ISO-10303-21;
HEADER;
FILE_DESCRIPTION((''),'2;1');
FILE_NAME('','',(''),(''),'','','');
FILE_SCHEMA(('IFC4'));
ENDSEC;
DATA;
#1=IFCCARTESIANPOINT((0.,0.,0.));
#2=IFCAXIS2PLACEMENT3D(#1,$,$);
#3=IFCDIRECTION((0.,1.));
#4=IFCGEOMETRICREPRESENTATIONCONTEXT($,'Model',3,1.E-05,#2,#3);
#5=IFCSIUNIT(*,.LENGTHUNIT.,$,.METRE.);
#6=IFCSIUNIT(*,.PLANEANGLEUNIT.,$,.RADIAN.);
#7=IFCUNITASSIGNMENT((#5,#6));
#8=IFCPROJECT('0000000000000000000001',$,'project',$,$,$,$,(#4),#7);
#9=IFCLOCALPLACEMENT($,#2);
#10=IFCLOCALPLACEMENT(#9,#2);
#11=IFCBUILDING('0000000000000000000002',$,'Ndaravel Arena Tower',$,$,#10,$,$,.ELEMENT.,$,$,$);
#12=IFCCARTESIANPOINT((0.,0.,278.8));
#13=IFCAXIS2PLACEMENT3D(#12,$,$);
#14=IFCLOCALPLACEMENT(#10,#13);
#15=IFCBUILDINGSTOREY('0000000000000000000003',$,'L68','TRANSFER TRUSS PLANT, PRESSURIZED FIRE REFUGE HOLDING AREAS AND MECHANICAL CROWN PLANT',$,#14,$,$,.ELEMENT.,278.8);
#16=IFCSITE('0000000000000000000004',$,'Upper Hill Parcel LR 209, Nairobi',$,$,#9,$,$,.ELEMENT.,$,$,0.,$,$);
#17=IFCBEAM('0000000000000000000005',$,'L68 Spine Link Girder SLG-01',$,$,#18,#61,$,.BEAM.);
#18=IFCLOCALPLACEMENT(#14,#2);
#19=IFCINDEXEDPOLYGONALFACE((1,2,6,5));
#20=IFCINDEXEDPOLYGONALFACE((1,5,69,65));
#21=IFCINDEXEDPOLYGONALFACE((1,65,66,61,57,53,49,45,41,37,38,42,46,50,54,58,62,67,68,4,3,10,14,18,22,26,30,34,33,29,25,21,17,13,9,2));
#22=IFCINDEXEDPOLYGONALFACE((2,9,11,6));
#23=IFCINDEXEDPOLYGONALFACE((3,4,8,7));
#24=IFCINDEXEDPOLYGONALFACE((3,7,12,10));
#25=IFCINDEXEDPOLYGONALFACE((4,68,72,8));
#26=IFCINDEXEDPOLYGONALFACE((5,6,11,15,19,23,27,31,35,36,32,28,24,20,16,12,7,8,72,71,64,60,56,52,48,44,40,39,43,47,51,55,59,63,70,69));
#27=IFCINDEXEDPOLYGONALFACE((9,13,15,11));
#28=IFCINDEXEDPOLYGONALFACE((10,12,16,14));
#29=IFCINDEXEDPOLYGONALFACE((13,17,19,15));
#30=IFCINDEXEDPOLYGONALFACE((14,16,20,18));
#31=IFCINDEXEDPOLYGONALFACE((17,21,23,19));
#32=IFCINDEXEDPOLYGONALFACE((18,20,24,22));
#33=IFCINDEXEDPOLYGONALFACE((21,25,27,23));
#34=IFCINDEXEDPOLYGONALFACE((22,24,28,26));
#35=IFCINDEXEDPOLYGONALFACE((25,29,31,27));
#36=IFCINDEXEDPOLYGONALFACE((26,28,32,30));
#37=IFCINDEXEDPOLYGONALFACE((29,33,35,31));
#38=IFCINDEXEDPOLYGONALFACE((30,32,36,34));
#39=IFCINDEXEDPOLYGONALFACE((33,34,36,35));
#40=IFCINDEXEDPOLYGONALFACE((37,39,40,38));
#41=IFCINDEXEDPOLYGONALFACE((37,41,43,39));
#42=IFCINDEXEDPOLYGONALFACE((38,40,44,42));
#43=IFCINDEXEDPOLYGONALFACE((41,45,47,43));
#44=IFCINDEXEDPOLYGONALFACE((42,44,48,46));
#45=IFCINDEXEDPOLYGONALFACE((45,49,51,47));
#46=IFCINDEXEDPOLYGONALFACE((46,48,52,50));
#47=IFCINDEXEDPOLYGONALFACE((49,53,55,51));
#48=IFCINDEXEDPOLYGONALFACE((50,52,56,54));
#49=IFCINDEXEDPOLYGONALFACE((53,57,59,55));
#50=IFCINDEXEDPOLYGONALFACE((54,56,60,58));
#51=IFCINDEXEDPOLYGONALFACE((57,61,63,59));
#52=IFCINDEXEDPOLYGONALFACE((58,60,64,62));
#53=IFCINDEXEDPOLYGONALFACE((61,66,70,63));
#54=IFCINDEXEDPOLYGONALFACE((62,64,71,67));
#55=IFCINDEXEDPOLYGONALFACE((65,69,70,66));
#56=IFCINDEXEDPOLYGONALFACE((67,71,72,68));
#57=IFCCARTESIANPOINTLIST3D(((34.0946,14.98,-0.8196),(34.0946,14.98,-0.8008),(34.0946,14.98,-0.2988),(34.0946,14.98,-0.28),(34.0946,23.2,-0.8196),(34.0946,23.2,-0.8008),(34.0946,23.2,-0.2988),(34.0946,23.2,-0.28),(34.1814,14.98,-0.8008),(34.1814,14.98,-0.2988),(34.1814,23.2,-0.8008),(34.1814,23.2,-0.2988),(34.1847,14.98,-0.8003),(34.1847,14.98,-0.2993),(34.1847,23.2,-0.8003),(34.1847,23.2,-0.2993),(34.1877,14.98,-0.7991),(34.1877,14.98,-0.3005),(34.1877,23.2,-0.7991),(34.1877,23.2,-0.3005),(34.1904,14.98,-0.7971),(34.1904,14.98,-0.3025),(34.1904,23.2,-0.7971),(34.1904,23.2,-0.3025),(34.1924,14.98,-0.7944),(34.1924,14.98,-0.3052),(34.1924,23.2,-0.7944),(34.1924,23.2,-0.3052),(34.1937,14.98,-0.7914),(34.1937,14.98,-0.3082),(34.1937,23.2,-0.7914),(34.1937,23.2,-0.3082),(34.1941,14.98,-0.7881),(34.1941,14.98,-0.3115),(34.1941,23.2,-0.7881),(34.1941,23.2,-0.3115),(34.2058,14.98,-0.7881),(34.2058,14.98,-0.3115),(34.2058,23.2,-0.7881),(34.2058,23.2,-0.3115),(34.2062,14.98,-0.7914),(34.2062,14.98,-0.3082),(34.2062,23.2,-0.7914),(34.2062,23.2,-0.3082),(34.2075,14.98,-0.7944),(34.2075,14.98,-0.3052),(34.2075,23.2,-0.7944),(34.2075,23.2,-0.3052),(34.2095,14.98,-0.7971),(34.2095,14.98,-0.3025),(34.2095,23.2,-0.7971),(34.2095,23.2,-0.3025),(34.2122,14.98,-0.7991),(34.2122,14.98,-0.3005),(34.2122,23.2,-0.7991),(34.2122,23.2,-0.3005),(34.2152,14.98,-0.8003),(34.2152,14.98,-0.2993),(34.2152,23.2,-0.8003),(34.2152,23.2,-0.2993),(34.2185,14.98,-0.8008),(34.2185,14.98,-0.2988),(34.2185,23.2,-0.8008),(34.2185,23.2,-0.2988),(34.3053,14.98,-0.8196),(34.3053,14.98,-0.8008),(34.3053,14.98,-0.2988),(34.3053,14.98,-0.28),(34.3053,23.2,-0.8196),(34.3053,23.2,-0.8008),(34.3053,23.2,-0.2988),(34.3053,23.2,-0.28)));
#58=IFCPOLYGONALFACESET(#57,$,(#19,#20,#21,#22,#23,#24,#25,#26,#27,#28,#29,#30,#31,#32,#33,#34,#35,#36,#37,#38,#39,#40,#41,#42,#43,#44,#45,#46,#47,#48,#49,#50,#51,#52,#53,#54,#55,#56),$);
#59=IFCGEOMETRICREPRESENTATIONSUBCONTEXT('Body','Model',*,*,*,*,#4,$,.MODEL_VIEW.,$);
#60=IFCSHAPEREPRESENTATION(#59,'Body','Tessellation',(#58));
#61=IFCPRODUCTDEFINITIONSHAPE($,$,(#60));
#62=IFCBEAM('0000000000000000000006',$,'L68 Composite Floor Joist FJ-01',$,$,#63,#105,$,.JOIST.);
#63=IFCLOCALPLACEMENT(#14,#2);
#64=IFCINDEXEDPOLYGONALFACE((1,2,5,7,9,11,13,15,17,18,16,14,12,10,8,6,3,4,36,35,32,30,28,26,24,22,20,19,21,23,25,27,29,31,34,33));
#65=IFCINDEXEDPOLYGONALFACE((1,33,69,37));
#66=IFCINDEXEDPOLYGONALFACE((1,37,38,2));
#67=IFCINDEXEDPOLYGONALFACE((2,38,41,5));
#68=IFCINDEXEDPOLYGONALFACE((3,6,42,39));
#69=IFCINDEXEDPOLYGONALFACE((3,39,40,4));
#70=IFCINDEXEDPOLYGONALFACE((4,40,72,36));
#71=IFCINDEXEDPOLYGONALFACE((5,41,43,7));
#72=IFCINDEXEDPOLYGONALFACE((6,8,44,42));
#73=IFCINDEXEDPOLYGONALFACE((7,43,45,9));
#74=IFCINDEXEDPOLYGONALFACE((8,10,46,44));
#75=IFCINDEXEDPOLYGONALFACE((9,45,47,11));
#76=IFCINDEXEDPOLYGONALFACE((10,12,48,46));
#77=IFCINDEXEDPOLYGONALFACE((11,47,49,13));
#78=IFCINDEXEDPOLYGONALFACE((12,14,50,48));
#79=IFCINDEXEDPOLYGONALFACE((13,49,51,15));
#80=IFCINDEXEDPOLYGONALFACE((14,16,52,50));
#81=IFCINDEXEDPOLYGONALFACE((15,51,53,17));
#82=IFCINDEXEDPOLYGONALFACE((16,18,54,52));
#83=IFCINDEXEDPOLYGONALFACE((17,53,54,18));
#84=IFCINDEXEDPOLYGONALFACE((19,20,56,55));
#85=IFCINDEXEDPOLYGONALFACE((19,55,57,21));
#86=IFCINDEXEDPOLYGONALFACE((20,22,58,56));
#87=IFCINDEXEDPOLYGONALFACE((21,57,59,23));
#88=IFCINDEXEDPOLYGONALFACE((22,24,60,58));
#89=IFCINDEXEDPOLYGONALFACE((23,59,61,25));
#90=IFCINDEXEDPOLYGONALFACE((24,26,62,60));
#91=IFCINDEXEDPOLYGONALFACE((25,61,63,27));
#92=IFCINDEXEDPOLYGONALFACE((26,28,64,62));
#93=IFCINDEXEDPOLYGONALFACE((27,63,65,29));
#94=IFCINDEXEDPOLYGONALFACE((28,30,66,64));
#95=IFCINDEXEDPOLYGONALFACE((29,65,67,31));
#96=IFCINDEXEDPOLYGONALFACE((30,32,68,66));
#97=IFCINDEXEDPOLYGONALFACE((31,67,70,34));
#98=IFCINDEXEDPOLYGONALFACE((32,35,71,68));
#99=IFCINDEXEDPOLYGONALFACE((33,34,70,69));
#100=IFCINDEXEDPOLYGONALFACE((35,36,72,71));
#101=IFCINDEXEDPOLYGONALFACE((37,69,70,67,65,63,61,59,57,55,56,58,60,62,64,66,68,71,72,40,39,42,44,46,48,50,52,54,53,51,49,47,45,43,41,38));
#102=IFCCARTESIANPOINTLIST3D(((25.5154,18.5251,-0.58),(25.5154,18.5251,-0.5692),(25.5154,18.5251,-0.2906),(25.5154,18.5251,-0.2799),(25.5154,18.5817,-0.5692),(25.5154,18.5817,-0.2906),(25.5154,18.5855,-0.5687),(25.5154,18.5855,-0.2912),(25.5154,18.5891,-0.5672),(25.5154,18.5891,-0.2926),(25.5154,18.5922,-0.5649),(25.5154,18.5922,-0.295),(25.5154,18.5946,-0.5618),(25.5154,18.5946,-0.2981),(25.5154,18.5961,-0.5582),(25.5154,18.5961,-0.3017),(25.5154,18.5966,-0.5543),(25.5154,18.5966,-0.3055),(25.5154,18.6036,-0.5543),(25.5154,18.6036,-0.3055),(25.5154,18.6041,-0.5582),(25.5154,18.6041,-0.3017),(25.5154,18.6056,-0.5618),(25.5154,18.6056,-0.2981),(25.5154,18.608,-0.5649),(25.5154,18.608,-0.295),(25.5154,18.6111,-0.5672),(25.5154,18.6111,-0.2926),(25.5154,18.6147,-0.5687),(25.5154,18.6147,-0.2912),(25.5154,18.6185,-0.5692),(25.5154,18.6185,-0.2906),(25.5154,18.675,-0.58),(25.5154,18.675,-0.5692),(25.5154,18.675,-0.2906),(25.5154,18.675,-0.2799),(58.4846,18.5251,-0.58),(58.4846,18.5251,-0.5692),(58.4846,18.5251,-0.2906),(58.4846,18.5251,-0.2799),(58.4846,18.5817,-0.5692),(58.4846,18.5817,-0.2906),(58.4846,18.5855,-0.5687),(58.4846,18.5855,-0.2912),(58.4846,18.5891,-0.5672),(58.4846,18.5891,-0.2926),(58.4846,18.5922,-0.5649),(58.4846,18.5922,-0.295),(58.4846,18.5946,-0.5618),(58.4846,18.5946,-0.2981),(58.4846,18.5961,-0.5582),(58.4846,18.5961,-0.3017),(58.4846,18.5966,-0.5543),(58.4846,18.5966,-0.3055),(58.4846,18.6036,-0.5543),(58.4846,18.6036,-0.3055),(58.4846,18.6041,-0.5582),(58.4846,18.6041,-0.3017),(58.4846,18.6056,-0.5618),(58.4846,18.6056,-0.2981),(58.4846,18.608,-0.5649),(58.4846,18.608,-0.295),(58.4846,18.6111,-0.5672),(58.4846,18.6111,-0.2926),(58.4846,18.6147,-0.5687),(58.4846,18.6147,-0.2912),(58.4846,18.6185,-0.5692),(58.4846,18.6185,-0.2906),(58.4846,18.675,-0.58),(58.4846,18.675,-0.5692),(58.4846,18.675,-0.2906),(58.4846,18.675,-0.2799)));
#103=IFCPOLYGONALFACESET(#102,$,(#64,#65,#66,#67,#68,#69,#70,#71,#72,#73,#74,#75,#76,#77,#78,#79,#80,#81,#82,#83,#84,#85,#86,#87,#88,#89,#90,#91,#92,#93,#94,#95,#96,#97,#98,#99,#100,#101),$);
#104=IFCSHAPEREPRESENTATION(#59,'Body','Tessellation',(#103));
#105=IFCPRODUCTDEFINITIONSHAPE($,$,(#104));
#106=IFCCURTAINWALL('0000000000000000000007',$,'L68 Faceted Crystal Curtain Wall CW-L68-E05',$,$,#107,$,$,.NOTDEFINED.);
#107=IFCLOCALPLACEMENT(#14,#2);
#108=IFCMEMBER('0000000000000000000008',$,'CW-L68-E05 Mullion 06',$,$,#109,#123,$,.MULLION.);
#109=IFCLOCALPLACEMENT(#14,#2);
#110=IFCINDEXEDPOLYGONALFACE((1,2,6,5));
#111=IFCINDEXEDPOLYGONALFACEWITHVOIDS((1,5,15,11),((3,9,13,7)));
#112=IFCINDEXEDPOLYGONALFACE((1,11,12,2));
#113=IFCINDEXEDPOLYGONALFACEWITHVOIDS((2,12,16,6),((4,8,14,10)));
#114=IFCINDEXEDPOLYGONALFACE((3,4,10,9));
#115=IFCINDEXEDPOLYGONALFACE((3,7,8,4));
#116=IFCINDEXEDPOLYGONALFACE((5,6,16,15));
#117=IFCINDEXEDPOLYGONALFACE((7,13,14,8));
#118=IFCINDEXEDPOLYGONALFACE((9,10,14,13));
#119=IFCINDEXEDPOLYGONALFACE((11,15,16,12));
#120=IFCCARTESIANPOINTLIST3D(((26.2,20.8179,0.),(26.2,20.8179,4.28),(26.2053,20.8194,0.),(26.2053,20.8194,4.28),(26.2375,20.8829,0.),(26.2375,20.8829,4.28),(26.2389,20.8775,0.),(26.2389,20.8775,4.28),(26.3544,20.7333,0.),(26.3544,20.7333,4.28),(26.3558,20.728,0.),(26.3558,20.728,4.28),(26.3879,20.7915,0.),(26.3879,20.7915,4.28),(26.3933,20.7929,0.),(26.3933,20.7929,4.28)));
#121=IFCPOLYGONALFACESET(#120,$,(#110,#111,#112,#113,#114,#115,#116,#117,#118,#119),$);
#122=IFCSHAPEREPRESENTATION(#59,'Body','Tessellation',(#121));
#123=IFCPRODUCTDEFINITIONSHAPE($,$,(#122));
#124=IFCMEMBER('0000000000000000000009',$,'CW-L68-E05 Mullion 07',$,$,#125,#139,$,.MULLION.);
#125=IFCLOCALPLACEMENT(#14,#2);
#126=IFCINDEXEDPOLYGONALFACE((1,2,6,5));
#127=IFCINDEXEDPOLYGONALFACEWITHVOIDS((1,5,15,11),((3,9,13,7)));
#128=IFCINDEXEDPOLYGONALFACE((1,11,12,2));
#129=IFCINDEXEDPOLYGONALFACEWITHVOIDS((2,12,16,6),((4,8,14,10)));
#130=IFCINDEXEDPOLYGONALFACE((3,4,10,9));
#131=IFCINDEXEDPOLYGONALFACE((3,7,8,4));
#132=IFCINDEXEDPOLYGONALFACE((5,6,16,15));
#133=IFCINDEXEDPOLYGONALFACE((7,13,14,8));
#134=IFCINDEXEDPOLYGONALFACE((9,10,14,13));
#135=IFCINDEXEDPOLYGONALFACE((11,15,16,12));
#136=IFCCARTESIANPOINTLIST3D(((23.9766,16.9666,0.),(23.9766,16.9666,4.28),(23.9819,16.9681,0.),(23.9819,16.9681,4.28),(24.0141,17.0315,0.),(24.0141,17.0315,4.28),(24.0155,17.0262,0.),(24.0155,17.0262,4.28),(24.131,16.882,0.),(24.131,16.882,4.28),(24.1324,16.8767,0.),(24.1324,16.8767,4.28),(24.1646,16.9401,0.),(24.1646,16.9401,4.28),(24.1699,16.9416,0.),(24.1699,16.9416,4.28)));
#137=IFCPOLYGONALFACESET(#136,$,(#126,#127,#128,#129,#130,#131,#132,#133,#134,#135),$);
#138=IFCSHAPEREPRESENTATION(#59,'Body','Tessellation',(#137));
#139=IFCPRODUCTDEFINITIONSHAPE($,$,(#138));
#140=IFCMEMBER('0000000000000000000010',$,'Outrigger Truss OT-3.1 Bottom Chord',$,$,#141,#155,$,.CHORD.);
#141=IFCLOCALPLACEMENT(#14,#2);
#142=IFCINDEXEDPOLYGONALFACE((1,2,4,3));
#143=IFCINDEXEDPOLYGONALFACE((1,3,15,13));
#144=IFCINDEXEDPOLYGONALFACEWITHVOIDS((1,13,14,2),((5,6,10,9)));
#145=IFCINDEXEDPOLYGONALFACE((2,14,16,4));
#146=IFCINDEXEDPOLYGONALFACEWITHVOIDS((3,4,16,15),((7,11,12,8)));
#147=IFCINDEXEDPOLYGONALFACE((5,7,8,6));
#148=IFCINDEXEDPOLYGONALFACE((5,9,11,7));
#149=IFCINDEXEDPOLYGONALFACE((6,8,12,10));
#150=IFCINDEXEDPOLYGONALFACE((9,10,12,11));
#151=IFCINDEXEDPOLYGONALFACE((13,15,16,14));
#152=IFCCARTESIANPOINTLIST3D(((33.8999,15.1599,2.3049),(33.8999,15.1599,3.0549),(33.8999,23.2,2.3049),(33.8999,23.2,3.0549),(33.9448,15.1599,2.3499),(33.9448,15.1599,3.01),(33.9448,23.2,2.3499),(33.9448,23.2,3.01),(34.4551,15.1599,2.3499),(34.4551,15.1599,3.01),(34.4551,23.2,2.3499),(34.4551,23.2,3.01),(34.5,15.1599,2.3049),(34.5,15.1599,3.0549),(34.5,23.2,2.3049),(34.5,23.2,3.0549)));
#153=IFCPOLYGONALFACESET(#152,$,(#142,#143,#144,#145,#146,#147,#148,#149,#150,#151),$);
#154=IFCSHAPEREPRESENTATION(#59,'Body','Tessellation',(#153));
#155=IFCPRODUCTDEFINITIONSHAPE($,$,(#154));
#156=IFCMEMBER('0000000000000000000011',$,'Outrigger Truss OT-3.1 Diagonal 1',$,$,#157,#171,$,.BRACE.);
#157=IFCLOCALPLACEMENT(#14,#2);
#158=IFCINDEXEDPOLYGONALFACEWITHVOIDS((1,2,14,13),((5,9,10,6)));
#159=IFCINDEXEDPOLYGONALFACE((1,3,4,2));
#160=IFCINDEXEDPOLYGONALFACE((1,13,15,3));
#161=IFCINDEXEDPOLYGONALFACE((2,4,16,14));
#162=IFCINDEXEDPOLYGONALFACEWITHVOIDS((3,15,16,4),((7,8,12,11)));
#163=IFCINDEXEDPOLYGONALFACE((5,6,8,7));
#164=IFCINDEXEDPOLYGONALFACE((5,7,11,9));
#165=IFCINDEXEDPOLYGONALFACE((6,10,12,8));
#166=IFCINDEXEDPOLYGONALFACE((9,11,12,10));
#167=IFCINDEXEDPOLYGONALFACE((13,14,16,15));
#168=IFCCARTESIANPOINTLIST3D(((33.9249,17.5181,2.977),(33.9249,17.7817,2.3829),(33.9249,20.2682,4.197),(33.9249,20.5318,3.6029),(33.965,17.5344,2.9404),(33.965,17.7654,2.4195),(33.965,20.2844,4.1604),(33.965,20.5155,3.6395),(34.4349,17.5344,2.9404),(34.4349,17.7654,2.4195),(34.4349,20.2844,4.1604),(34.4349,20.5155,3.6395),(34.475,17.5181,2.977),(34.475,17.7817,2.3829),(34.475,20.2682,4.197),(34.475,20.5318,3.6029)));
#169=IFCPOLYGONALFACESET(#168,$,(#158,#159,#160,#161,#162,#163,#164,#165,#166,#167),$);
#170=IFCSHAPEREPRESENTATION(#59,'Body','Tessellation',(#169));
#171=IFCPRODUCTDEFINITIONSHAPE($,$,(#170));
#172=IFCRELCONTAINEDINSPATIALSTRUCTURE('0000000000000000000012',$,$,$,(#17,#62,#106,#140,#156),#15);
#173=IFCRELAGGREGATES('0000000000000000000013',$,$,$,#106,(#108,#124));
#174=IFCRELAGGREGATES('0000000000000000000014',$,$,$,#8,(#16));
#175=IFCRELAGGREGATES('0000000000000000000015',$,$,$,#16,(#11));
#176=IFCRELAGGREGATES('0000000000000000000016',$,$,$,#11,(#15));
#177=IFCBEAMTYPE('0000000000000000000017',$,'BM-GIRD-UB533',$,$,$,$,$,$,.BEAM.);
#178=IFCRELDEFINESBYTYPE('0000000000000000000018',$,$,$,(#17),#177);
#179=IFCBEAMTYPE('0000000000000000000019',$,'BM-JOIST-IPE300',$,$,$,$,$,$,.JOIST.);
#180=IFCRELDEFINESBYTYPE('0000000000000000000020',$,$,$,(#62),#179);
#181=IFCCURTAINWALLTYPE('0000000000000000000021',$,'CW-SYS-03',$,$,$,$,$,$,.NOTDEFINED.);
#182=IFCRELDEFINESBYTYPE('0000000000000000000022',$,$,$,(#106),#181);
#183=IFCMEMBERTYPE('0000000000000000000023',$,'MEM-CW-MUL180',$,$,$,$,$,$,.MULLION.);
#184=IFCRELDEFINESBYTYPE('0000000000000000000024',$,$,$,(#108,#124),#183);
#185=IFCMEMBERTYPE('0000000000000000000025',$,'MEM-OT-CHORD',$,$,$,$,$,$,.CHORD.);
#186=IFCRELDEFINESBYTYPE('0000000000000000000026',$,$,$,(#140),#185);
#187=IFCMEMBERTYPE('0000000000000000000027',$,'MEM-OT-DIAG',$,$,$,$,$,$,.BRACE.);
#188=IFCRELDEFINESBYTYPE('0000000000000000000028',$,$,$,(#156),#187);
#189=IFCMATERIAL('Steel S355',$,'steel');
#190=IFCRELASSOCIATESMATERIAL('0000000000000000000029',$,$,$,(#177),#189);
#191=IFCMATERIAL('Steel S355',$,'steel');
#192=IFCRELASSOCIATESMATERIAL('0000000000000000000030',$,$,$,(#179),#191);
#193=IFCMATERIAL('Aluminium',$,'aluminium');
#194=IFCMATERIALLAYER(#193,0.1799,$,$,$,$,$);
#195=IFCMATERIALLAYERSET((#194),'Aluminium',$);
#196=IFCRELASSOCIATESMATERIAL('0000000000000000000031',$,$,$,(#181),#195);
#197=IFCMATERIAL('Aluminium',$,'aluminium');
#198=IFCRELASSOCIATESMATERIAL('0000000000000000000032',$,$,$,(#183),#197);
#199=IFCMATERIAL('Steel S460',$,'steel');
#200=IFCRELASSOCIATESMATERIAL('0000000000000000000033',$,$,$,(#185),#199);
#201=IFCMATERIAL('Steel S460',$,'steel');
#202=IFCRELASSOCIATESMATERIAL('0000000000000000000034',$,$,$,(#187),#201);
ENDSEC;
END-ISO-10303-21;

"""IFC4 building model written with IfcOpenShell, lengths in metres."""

from ifc_helpers import new_model, si_unit, direction, frame, origin, origin_2d, place, context, subcontext, project, spatial, hollow_rectangle, i_section, extrude, material, layer, layer_set, material_profile, profile_set, type_object, element, aggregate, save


model = new_model("IFC4")

# Units and contexts
model_context = context("Model", 3, precision=1e-05, world=origin(), true_north=direction((0.0, 1.0)))
body_context = subcontext(model_context, "Body", "Model", "MODEL_VIEW")
ifc_project = project(units=[si_unit("LENGTHUNIT", "METRE"), si_unit("PLANEANGLEUNIT", "RADIAN")], contexts=[model_context])

# Site, building, storey
site_placement = place(None, origin())
site = spatial("IfcSite", under=ifc_project, at=site_placement, Name="Upper Hill Parcel LR 209, Nairobi", CompositionType="ELEMENT", RefElevation=0.0)
building_placement = place(site_placement, origin())
building = spatial("IfcBuilding", under=site, at=building_placement, Name="Ndaravel Arena Tower", CompositionType="ELEMENT")
storey_placement = place(building_placement, frame((0.0, 0.0, 278.8)))
storey = spatial("IfcBuildingStorey", under=building, at=storey_placement, Name="L68", Description="TRANSFER TRUSS PLANT, PRESSURIZED FIRE REFUGE HOLDING AREAS AND MECHANICAL CROWN PLANT", CompositionType="ELEMENT", Elevation=278.8)

# Beams
ifc_material_1 = material(Name="Steel S355", Category="steel")
ifc_material_profile_1 = material_profile(ifc_material_1, i_section(OverallWidth=0.2107, OverallDepth=0.5396, WebThickness=0.0117, FlangeThickness=0.0188, FilletRadius=0.0127, at=origin_2d()), Name="UB 533x210x109")
ifc_profile_set_1 = profile_set([ifc_material_profile_1], Name="Steel S355")
beam_type_1 = type_object("IfcBeamType", Name="BM-GIRD-UB533", PredefinedType="BEAM", material=ifc_profile_set_1)
beam_1_placement = place(storey_placement, frame((34.2, 14.98, -0.5498), z_axis=(0.0, 1.0, 0.0), x_axis=(-1.0, 0.0, 0.0)))
element("IfcBeam", 1, at=beam_1_placement, inside=storey, type_object=beam_type_1, Name="L68 Spine Link Girder SLG-01", PredefinedType="BEAM", context=body_context, shape_type="SweptSolid", body=[
    extrude(i_section(OverallWidth=0.2107, OverallDepth=0.5396, WebThickness=0.0117, FlangeThickness=0.0188, FilletRadius=0.0127, at=origin_2d()), origin(), (0.0, 0.0, 1.0), 8.22),
])
ifc_material_2 = material(Name="Steel S355", Category="steel")
ifc_material_profile_2 = material_profile(ifc_material_2, i_section(OverallWidth=0.1499, OverallDepth=0.3, WebThickness=0.0071, FlangeThickness=0.0107, FilletRadius=0.0149, at=origin_2d()), Name="IPE 300")
ifc_profile_set_2 = profile_set([ifc_material_profile_2], Name="Steel S355")
beam_type_2 = type_object("IfcBeamType", Name="BM-JOIST-IPE300", PredefinedType="JOIST", material=ifc_profile_set_2)
beam_2_placement = place(storey_placement, frame((25.5154, 18.6001, -0.4299), z_axis=(1.0, 0.0, 0.0), x_axis=(0.0, 1.0, 0.0)))
element("IfcBeam", 2, at=beam_2_placement, inside=storey, type_object=beam_type_2, Name="L68 Composite Floor Joist FJ-01", PredefinedType="JOIST", context=body_context, shape_type="SweptSolid", body=[
    extrude(i_section(OverallWidth=0.1499, OverallDepth=0.3, WebThickness=0.0071, FlangeThickness=0.0107, FilletRadius=0.0149, at=origin_2d()), origin(), (0.0, 0.0, 1.0), 32.9692),
])

# Curtain wall, members
ifc_material_3 = material(Name="Aluminium", Category="aluminium")
ifc_layer_1 = layer(ifc_material_3, 0.1799)
ifc_layer_set_1 = layer_set([ifc_layer_1], Name="Aluminium")
curtain_wall_type = type_object("IfcCurtainWallType", Name="CW-SYS-03", PredefinedType="NOTDEFINED", material=ifc_layer_set_1)
curtain_wall_placement = place(storey_placement, origin())
curtain_wall = element("IfcCurtainWall", 3, at=curtain_wall_placement, inside=storey, type_object=curtain_wall_type, Name="L68 Faceted Crystal Curtain Wall CW-L68-E05", PredefinedType="NOTDEFINED")
ifc_material_4 = material(Name="Aluminium", Category="aluminium")
ifc_material_profile_3 = material_profile(ifc_material_4, hollow_rectangle(XDim=0.075, YDim=0.1799, WallThickness=0.0039, at=origin_2d()), Name="CW MULLION 75x180x4")
ifc_profile_set_3 = profile_set([ifc_material_profile_3], Name="Aluminium")
member_type_1 = type_object("IfcMemberType", Name="MEM-CW-MUL180", PredefinedType="MULLION", material=ifc_profile_set_3)
member_1_placement = place(storey_placement, frame((26.2966, 20.8054, 0.0), z_axis=(0.0, 0.0, 1.0), x_axis=(-0.5, -0.866025, 0.0)))
member_1 = element("IfcMember", 4, at=member_1_placement, type_object=member_type_1, Name="CW-L68-E05 Mullion 06", PredefinedType="MULLION", context=body_context, shape_type="SweptSolid", body=[
    extrude(hollow_rectangle(XDim=0.075, YDim=0.1799, WallThickness=0.0039, at=origin_2d()), origin(), (0.0, 0.0, 1.0), 4.28),
])
member_2_placement = place(storey_placement, frame((24.0732, 16.9541, 0.0), z_axis=(0.0, 0.0, 1.0), x_axis=(-0.5, -0.866025, 0.0)))
member_2 = element("IfcMember", 5, at=member_2_placement, type_object=member_type_1, Name="CW-L68-E05 Mullion 07", PredefinedType="MULLION", context=body_context, shape_type="SweptSolid", body=[
    extrude(hollow_rectangle(XDim=0.075, YDim=0.1799, WallThickness=0.0039, at=origin_2d()), origin(), (0.0, 0.0, 1.0), 4.28),
])

# Members
ifc_material_5 = material(Name="Steel S460", Category="steel")
ifc_material_profile_4 = material_profile(ifc_material_5, hollow_rectangle(XDim=0.6001, YDim=0.75, WallThickness=0.0449, at=origin_2d()), Name="BOX 750x600x45")
ifc_profile_set_4 = profile_set([ifc_material_profile_4], Name="Steel S460")
member_type_2 = type_object("IfcMemberType", Name="MEM-OT-CHORD", PredefinedType="CHORD", material=ifc_profile_set_4)
member_3_placement = place(storey_placement, frame((34.2, 15.1599, 2.6799), z_axis=(0.0, 1.0, 0.0), x_axis=(-1.0, 0.0, 0.0)))
element("IfcMember", 6, at=member_3_placement, inside=storey, type_object=member_type_2, Name="Outrigger Truss OT-3.1 Bottom Chord", PredefinedType="CHORD", context=body_context, shape_type="SweptSolid", body=[
    extrude(hollow_rectangle(XDim=0.6001, YDim=0.75, WallThickness=0.0449, at=origin_2d()), origin(), (0.0, 0.0, 1.0), 8.04),
])
ifc_material_6 = material(Name="Steel S460", Category="steel")
ifc_material_profile_5 = material_profile(ifc_material_6, hollow_rectangle(XDim=0.55, YDim=0.6499, WallThickness=0.04, at=origin_2d()), Name="BOX 650x550x40")
ifc_profile_set_5 = profile_set([ifc_material_profile_5], Name="Steel S460")
member_type_3 = type_object("IfcMemberType", Name="MEM-OT-DIAG", PredefinedType="BRACE", material=ifc_profile_set_5)
member_4_placement = place(storey_placement, frame((34.2, 17.6499, 2.6799), z_axis=(0.0, 0.914089, 0.405513), x_axis=(-1.0, 0.0, 0.0)))
element("IfcMember", 7, at=member_4_placement, inside=storey, type_object=member_type_3, Name="Outrigger Truss OT-3.1 Diagonal 1", PredefinedType="BRACE", context=body_context, shape_type="SweptSolid", body=[
    extrude(hollow_rectangle(XDim=0.55, YDim=0.6499, WallThickness=0.04, at=origin_2d()), origin(), (0.0, 0.0, 1.0), 3.0085),
])

aggregate(curtain_wall, [member_1, member_2])

save(model, "model.ifc")
